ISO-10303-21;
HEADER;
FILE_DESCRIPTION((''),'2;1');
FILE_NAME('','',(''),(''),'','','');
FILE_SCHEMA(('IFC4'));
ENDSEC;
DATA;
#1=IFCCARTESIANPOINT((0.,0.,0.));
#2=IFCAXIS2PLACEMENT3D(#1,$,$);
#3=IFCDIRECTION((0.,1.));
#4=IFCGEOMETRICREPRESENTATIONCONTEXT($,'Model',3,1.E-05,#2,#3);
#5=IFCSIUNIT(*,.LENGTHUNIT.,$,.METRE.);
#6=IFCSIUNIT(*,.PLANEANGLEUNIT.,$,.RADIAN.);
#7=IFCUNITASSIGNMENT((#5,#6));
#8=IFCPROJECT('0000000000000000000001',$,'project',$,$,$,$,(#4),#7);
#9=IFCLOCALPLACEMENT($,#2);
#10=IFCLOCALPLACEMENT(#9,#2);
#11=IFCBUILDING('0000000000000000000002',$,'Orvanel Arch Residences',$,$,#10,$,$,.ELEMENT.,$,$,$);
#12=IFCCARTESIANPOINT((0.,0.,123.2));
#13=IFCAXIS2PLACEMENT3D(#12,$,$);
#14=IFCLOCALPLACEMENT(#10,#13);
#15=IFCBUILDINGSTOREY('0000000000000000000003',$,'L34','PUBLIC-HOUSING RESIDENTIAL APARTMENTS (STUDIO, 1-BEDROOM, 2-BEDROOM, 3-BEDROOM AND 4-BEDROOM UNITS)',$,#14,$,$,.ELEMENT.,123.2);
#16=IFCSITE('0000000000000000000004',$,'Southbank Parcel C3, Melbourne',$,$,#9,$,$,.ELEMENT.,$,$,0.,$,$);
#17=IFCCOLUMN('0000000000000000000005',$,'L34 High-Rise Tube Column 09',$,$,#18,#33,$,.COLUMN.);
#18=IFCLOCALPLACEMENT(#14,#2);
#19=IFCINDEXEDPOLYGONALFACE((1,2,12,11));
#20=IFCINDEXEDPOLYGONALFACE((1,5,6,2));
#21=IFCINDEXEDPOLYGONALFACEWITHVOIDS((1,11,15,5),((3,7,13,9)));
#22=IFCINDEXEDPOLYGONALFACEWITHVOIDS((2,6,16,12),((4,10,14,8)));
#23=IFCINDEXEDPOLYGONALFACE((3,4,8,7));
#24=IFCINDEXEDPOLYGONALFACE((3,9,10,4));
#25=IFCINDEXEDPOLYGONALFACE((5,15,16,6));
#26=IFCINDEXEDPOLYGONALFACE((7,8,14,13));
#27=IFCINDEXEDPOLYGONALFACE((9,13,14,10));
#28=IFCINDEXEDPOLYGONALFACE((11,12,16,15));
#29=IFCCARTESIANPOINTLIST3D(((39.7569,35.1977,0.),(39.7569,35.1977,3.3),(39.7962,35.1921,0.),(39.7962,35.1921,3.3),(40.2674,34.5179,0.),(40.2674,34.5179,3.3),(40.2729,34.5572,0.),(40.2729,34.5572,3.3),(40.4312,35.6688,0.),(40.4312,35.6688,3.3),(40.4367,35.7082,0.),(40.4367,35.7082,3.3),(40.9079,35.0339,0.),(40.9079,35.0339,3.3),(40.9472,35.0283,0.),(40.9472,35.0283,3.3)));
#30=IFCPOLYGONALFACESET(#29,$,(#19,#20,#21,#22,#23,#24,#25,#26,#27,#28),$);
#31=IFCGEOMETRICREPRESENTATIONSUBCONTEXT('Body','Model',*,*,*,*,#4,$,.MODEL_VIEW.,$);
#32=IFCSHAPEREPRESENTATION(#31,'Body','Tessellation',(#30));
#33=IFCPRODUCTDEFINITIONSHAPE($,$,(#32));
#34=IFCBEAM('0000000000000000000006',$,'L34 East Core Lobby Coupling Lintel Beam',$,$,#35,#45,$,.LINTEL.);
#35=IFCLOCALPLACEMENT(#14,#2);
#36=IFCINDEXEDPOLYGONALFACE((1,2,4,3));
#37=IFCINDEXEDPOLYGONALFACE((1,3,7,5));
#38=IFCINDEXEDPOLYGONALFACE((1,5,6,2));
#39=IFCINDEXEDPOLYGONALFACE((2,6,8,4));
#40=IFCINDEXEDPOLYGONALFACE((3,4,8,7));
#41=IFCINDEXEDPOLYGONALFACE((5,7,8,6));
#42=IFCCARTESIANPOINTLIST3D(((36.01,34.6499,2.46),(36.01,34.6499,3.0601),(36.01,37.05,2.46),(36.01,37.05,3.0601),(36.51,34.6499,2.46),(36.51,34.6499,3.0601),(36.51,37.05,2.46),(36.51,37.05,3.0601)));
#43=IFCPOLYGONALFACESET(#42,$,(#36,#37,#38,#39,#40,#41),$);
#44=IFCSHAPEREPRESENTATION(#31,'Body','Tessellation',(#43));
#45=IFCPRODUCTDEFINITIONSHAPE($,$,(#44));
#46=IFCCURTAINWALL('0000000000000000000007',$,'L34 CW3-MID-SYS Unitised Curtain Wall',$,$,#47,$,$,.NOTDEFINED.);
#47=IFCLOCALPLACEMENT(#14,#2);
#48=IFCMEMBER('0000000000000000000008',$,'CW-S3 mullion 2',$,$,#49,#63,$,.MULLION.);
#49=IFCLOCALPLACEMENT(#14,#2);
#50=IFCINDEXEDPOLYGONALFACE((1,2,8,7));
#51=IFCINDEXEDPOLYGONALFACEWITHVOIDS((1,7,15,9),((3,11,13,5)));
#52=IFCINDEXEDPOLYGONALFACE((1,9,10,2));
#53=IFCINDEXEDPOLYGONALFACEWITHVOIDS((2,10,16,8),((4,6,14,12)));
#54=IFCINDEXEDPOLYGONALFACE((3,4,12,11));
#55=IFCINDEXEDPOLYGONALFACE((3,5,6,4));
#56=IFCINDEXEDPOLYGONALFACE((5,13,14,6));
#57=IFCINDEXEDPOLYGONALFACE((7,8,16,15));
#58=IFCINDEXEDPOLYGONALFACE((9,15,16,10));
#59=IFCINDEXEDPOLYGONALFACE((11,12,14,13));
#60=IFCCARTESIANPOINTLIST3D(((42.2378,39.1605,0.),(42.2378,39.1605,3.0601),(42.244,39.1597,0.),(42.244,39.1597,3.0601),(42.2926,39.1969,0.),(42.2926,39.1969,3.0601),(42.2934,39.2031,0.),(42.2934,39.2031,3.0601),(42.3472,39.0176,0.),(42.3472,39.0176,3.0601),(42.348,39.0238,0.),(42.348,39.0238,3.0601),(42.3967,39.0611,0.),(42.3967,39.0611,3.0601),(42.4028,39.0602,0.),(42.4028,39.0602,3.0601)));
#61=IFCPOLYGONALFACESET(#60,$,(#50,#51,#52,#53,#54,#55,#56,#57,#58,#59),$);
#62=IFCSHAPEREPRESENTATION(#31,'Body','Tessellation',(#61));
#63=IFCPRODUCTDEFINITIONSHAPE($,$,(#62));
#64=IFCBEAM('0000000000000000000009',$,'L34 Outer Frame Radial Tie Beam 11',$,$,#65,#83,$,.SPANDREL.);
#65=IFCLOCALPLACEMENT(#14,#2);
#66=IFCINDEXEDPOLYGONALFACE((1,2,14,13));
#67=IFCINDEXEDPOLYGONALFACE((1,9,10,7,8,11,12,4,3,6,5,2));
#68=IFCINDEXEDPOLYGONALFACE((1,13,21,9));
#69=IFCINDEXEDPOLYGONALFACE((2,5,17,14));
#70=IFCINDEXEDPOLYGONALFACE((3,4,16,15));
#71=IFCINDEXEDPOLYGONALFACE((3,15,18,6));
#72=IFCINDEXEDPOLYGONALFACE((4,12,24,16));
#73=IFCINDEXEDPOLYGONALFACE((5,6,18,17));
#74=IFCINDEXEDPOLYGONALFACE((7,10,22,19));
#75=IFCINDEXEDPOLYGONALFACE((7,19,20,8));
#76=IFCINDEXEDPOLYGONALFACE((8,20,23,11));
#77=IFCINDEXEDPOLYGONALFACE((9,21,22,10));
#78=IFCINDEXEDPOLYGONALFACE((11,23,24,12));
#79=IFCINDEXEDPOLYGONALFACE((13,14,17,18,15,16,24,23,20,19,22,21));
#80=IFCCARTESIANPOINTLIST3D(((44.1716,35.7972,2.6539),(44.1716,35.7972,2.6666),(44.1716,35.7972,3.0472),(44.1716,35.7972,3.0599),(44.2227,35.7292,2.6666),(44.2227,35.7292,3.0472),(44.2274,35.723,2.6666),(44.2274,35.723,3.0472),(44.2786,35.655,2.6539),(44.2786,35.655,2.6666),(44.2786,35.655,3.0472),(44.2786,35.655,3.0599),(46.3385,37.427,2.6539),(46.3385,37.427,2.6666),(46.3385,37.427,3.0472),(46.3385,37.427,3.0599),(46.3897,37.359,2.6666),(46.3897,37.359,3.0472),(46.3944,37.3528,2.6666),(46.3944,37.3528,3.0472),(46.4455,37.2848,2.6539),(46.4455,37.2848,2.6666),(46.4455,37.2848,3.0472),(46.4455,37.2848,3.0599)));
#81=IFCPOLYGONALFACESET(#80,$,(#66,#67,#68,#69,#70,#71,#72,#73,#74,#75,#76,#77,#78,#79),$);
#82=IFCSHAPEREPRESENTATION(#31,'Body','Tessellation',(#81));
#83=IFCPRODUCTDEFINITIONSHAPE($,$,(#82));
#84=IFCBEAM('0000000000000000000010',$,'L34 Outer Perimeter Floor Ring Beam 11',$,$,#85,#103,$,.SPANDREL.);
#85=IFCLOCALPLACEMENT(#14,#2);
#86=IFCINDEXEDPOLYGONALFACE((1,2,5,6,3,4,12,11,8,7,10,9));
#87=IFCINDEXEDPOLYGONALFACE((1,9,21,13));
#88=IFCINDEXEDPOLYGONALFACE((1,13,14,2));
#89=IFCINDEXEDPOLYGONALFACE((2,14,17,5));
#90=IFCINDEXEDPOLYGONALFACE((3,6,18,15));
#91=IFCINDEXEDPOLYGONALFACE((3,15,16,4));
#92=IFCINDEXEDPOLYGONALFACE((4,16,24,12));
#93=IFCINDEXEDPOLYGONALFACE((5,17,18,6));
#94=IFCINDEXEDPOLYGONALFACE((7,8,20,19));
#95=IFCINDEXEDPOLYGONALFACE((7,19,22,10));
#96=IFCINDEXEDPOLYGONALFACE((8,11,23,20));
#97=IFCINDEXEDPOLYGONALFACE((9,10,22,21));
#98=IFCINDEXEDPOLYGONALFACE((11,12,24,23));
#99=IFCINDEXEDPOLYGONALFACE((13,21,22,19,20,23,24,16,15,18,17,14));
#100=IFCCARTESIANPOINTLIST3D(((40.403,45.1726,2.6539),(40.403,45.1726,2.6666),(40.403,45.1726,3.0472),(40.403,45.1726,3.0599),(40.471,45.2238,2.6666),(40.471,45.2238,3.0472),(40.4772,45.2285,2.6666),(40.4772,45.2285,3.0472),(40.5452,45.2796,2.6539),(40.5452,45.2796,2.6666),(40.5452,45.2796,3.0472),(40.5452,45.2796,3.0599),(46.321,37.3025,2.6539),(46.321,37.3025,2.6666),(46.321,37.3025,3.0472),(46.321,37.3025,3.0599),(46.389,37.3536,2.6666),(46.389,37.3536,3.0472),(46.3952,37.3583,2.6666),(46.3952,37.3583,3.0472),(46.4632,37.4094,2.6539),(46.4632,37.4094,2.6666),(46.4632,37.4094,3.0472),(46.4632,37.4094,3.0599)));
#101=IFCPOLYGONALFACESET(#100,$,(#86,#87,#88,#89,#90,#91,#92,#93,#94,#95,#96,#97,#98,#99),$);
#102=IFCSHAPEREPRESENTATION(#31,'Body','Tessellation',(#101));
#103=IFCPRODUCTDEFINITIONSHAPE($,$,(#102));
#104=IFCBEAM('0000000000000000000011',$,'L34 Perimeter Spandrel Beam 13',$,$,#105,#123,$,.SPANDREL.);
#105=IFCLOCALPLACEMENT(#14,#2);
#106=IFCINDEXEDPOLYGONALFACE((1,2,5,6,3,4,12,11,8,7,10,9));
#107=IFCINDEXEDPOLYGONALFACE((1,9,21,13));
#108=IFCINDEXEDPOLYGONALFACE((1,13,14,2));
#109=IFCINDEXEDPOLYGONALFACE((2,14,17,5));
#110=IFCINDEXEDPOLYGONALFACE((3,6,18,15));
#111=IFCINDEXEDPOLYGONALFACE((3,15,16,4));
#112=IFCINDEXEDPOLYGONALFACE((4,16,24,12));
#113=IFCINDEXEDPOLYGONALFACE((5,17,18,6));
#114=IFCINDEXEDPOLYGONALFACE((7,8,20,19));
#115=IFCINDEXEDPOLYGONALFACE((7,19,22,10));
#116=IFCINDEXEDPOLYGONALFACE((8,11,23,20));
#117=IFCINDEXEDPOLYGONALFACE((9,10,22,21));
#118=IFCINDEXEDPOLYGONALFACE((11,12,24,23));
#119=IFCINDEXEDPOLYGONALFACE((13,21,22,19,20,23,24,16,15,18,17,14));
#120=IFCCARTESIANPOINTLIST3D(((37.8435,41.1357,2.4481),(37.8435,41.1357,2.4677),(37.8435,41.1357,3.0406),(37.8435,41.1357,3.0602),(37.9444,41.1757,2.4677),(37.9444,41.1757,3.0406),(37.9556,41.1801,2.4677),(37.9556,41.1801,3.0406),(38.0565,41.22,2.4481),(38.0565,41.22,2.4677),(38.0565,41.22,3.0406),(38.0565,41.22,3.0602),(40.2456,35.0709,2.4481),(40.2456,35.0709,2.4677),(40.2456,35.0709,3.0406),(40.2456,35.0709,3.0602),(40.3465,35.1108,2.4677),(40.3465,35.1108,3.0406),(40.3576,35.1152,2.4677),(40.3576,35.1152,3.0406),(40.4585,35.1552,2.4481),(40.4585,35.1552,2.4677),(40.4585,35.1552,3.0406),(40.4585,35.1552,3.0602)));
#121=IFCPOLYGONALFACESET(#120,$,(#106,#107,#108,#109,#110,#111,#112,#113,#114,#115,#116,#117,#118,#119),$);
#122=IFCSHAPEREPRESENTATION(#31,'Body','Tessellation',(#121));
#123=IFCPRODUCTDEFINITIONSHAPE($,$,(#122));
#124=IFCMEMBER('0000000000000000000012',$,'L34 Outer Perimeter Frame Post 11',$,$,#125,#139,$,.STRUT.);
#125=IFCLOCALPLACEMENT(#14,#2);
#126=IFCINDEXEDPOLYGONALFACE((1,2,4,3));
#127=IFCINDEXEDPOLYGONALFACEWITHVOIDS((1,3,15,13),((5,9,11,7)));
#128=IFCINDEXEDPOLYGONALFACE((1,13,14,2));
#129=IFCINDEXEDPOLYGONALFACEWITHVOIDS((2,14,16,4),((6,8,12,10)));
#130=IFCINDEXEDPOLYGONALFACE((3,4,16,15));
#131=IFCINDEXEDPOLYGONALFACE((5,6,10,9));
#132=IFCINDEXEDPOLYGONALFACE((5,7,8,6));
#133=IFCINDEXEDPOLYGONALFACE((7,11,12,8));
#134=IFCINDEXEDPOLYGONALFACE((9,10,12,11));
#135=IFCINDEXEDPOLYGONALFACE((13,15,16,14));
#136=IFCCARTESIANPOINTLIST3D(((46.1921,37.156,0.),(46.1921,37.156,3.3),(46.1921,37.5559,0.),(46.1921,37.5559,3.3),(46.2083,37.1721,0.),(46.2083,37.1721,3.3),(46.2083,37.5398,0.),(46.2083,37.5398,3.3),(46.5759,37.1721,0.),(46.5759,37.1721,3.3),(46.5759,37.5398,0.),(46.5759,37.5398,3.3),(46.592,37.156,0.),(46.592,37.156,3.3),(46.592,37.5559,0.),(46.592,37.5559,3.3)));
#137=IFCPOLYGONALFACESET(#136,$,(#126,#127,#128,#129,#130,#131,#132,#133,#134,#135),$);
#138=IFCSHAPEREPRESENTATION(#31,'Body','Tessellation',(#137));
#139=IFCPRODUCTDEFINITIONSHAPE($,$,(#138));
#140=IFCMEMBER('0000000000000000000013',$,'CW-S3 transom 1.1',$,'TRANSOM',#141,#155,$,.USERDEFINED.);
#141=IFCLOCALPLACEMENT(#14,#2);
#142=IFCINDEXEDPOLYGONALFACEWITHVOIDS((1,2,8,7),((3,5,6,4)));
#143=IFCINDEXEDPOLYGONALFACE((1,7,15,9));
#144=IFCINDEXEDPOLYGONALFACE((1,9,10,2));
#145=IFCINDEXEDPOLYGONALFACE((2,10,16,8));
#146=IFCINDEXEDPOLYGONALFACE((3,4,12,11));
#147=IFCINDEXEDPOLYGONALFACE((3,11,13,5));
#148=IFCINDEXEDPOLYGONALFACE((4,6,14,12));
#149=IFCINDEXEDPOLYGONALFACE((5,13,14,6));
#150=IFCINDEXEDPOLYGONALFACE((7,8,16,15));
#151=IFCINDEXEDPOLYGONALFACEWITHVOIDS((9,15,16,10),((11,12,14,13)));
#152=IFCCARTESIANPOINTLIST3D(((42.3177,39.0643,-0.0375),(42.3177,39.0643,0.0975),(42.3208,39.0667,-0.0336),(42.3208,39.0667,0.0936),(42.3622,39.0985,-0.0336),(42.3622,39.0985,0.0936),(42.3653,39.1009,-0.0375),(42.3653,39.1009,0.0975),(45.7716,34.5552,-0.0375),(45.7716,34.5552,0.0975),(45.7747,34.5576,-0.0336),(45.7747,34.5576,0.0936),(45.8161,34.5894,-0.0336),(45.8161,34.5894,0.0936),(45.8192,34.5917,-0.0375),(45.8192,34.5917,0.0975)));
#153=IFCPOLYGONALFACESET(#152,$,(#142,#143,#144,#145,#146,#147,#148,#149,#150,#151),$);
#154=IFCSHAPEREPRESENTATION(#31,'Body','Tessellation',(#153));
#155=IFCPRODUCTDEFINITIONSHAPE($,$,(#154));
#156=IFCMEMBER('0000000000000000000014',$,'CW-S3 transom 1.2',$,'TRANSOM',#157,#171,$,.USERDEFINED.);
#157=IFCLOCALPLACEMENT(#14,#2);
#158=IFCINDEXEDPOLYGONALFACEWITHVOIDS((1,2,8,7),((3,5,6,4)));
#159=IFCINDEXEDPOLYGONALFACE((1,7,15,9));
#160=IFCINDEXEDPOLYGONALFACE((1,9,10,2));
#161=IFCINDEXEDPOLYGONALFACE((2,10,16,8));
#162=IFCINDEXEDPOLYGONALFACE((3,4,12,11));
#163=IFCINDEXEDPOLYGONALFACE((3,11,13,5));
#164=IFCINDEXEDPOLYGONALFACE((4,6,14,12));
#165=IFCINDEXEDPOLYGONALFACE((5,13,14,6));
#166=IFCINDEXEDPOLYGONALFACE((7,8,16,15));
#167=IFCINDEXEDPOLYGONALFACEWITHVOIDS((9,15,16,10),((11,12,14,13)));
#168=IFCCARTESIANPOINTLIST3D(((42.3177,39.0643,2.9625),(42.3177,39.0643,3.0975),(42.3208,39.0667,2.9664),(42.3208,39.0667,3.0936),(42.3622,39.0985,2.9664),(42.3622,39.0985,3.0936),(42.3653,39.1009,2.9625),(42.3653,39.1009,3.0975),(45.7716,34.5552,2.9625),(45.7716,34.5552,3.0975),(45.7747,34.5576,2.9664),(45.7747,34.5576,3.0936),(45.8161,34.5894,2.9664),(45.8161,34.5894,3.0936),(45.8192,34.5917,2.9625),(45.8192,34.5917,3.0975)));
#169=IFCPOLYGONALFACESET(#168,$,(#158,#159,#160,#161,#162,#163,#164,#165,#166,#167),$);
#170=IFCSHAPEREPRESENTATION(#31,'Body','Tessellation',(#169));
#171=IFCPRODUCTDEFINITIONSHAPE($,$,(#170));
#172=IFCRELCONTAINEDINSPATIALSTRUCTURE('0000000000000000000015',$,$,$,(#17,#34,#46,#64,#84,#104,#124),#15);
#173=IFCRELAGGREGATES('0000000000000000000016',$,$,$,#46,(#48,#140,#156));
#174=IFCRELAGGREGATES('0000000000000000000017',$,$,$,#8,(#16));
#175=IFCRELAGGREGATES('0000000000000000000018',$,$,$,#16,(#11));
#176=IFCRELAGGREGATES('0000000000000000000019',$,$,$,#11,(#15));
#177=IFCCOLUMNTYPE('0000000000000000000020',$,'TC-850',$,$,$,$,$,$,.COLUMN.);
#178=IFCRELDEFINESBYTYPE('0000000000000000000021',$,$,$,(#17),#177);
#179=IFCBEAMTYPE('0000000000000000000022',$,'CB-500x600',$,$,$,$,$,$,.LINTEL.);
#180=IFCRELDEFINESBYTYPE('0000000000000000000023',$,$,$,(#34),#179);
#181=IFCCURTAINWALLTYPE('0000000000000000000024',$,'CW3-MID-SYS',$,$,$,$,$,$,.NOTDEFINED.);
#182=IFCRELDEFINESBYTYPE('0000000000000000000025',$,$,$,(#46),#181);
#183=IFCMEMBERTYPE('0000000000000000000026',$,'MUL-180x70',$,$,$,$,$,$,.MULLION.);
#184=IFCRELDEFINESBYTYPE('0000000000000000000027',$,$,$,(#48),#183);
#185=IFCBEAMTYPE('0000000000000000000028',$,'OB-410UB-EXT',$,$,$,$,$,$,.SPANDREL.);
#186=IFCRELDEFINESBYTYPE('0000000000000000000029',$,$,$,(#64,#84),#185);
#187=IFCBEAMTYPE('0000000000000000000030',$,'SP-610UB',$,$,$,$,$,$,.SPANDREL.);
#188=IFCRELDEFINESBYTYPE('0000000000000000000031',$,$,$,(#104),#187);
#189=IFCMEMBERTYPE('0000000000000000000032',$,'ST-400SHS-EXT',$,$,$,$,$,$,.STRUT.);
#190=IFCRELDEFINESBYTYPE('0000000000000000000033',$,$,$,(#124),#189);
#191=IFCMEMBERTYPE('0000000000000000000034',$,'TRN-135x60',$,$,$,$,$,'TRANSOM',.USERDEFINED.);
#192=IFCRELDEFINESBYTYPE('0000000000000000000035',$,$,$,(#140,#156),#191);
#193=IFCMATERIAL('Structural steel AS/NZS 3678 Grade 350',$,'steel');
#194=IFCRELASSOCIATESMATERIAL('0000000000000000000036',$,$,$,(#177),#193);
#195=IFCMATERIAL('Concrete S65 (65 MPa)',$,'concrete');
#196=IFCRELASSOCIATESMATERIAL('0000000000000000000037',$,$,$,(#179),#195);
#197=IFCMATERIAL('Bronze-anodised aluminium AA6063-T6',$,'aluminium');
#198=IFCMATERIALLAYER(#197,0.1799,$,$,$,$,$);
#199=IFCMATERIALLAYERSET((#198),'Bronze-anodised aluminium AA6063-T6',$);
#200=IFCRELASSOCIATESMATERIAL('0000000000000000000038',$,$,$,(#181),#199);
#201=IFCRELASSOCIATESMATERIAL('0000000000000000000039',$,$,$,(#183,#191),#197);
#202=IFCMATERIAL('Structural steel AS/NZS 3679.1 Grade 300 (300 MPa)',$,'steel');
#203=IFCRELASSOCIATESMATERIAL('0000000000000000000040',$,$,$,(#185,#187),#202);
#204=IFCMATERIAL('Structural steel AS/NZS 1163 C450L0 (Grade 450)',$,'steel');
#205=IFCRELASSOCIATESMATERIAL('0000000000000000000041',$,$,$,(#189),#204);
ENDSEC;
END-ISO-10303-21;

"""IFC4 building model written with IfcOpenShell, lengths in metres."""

from ifc_helpers import new_model, si_unit, direction, frame, origin, origin_2d, place, context, subcontext, project, spatial, rectangle, hollow_rectangle, i_section, extrude, material, layer, layer_set, material_profile, profile_set, type_object, element, aggregate, save


model = new_model("IFC4")

# Units and contexts
model_context = context("Model", 3, precision=1e-05, world=origin(), true_north=direction((0.0, 1.0)))
body_context = subcontext(model_context, "Body", "Model", "MODEL_VIEW")
ifc_project = project(units=[si_unit("LENGTHUNIT", "METRE"), si_unit("PLANEANGLEUNIT", "RADIAN")], contexts=[model_context])

# Site, building, storey
site_placement = place(None, origin())
site = spatial("IfcSite", under=ifc_project, at=site_placement, Name="Southbank Parcel C3, Melbourne", CompositionType="ELEMENT", RefElevation=0.0)
building_placement = place(site_placement, origin())
building = spatial("IfcBuilding", under=site, at=building_placement, Name="Orvanel Arch Residences", CompositionType="ELEMENT")
storey_placement = place(building_placement, frame((0.0, 0.0, 123.2)))
storey = spatial("IfcBuildingStorey", under=building, at=storey_placement, Name="L34", Description="PUBLIC-HOUSING RESIDENTIAL APARTMENTS (STUDIO, 1-BEDROOM, 2-BEDROOM, 3-BEDROOM AND 4-BEDROOM UNITS)", CompositionType="ELEMENT", Elevation=123.2)

# Column
ifc_material_1 = material(Name="Structural steel AS/NZS 3678 Grade 350", Category="steel")
ifc_material_profile_1 = material_profile(ifc_material_1, hollow_rectangle(XDim=0.8501, YDim=0.8501, WallThickness=0.0281, at=origin_2d()), Name="BOX850x850x28")
ifc_profile_set_1 = profile_set([ifc_material_profile_1], Name="Structural steel AS/NZS 3678 Grade 350")
column_type = type_object("IfcColumnType", Name="TC-850", PredefinedType="COLUMN", material=ifc_profile_set_1)
column_placement = place(storey_placement, frame((40.3521, 35.113, 0.0), z_axis=(0.0, 0.0, 1.0), x_axis=(-0.60042, 0.799685, 0.0)))
element("IfcColumn", 1, at=column_placement, inside=storey, type_object=column_type, Name="L34 High-Rise Tube Column 09", PredefinedType="COLUMN", context=body_context, shape_type="SweptSolid", body=[
    extrude(hollow_rectangle(XDim=0.8501, YDim=0.8501, WallThickness=0.0281, at=origin_2d()), origin(), (0.0, 0.0, 1.0), 3.3),
])

# Beam
ifc_material_2 = material(Name="Concrete S65 (65 MPa)", Category="concrete")
ifc_material_profile_2 = material_profile(ifc_material_2, rectangle(XDim=0.5, YDim=0.6001, at=origin_2d()), Name="RC500x600")
ifc_profile_set_2 = profile_set([ifc_material_profile_2], Name="Concrete S65 (65 MPa)")
beam_type_1 = type_object("IfcBeamType", Name="CB-500x600", PredefinedType="LINTEL", material=ifc_profile_set_2)
beam_1_placement = place(storey_placement, frame((36.26, 34.6499, 2.76), z_axis=(0.0, 1.0, 0.0), x_axis=(-1.0, 0.0, 0.0)))
element("IfcBeam", 2, at=beam_1_placement, inside=storey, type_object=beam_type_1, Name="L34 East Core Lobby Coupling Lintel Beam", PredefinedType="LINTEL", context=body_context, shape_type="SweptSolid", body=[
    extrude(rectangle(XDim=0.5, YDim=0.6001, at=origin_2d()), origin(), (0.0, 0.0, 1.0), 2.4001),
])

# Curtain wall, member
ifc_material_3 = material(Name="Bronze-anodised aluminium AA6063-T6", Category="aluminium")
ifc_layer_1 = layer(ifc_material_3, 0.1799)
ifc_layer_set_1 = layer_set([ifc_layer_1], Name="Bronze-anodised aluminium AA6063-T6")
curtain_wall_type = type_object("IfcCurtainWallType", Name="CW3-MID-SYS", PredefinedType="NOTDEFINED", material=ifc_layer_set_1)
curtain_wall_placement = place(storey_placement, origin())
curtain_wall = element("IfcCurtainWall", 3, at=curtain_wall_placement, inside=storey, type_object=curtain_wall_type, Name="L34 CW3-MID-SYS Unitised Curtain Wall", PredefinedType="NOTDEFINED")
ifc_material_profile_3 = material_profile(ifc_material_3, hollow_rectangle(XDim=0.0701, YDim=0.1799, WallThickness=0.0044, at=origin_2d()), Name="ALU180x70x4.5")
ifc_profile_set_3 = profile_set([ifc_material_profile_3], Name="Bronze-anodised aluminium AA6063-T6")
member_type_1 = type_object("IfcMemberType", Name="MUL-180x70", PredefinedType="MULLION", material=ifc_profile_set_3)
member_1_placement = place(storey_placement, frame((42.3203, 39.1104, 0.0), z_axis=(0.0, 0.0, 1.0), x_axis=(-0.793867, -0.608092, 0.0)))
member_1 = element("IfcMember", 4, at=member_1_placement, type_object=member_type_1, Name="CW-S3 mullion 2", PredefinedType="MULLION", context=body_context, shape_type="SweptSolid", body=[
    extrude(hollow_rectangle(XDim=0.0701, YDim=0.1799, WallThickness=0.0044, at=origin_2d()), origin(), (0.0, 0.0, 1.0), 3.0601),
])

# Beams
ifc_material_4 = material(Name="Structural steel AS/NZS 3679.1 Grade 300 (300 MPa)", Category="steel")
ifc_material_profile_4 = material_profile(ifc_material_4, i_section(OverallWidth=0.178, OverallDepth=0.406, WebThickness=0.0078, FlangeThickness=0.0127, at=origin_2d()), Name="410UB59.7")
ifc_profile_set_4 = profile_set([ifc_material_profile_4], Name="Structural steel AS/NZS 3679.1 Grade 300 (300 MPa)")
beam_type_2 = type_object("IfcBeamType", Name="OB-410UB-EXT", PredefinedType="SPANDREL", material=ifc_profile_set_4)
beam_2_placement = place(storey_placement, frame((44.2251, 35.7261, 2.8569), z_axis=(0.799178, 0.601094, 0.0), x_axis=(-0.601094, 0.799178, 0.0)))
element("IfcBeam", 5, at=beam_2_placement, inside=storey, type_object=beam_type_2, Name="L34 Outer Frame Radial Tie Beam 11", PredefinedType="SPANDREL", context=body_context, shape_type="SweptSolid", body=[
    extrude(i_section(OverallWidth=0.178, OverallDepth=0.406, WebThickness=0.0078, FlangeThickness=0.0127, at=origin_2d()), origin(), (0.0, 0.0, 1.0), 2.7114),
])
beam_3_placement = place(storey_placement, frame((46.3921, 37.356, 2.8569), z_axis=(-0.600999, 0.79925, 0.0), x_axis=(-0.79925, -0.600999, 0.0)))
element("IfcBeam", 6, at=beam_3_placement, inside=storey, type_object=beam_type_2, Name="L34 Outer Perimeter Floor Ring Beam 11", PredefinedType="SPANDREL", context=body_context, shape_type="SweptSolid", body=[
    extrude(i_section(OverallWidth=0.178, OverallDepth=0.406, WebThickness=0.0078, FlangeThickness=0.0127, at=origin_2d()), origin(), (0.0, 0.0, 1.0), 9.8469),
])
ifc_material_profile_5 = material_profile(ifc_material_4, i_section(OverallWidth=0.229, OverallDepth=0.6121, WebThickness=0.012, FlangeThickness=0.0195, at=origin_2d()), Name="610UB125")
ifc_profile_set_5 = profile_set([ifc_material_profile_5], Name="Structural steel AS/NZS 3679.1 Grade 300 (300 MPa)")
beam_type_3 = type_object("IfcBeamType", Name="SP-610UB", PredefinedType="SPANDREL", material=ifc_profile_set_5)
beam_4_placement = place(storey_placement, frame((40.3521, 35.113, 2.7542), z_axis=(-0.368233, 0.929733, 0.0), x_axis=(-0.929733, -0.368233, 0.0)))
element("IfcBeam", 7, at=beam_4_placement, inside=storey, type_object=beam_type_3, Name="L34 Perimeter Spandrel Beam 13", PredefinedType="SPANDREL", context=body_context, shape_type="SweptSolid", body=[
    extrude(i_section(OverallWidth=0.229, OverallDepth=0.6121, WebThickness=0.012, FlangeThickness=0.0195, at=origin_2d()), origin(), (0.0, 0.0, 1.0), 6.5232),
])

# Members
ifc_material_5 = material(Name="Structural steel AS/NZS 1163 C450L0 (Grade 450)", Category="steel")
ifc_material_profile_6 = material_profile(ifc_material_5, hollow_rectangle(XDim=0.3999, YDim=0.3999, WallThickness=0.0161, at=origin_2d()), Name="SHS400x400x16")
ifc_profile_set_6 = profile_set([ifc_material_profile_6], Name="Structural steel AS/NZS 1163 C450L0 (Grade 450)")
member_type_2 = type_object("IfcMemberType", Name="ST-400SHS-EXT", PredefinedType="STRUT", material=ifc_profile_set_6)
member_2_placement = place(storey_placement, frame((46.3921, 37.356, 0.0), z_axis=(0.0, 0.0, 1.0), x_axis=(1.0, 0.0, 0.0)))
element("IfcMember", 8, at=member_2_placement, inside=storey, type_object=member_type_2, Name="L34 Outer Perimeter Frame Post 11", PredefinedType="STRUT", context=body_context, shape_type="SweptSolid", body=[
    extrude(hollow_rectangle(XDim=0.3999, YDim=0.3999, WallThickness=0.0161, at=origin_2d()), origin(), (0.0, 0.0, 1.0), 3.3),
])
ifc_material_profile_7 = material_profile(ifc_material_3, hollow_rectangle(XDim=0.0601, YDim=0.135, WallThickness=0.0039, at=origin_2d()), Name="ALU135x60x4")
ifc_profile_set_7 = profile_set([ifc_material_profile_7], Name="Bronze-anodised aluminium AA6063-T6")
member_type_3 = type_object("IfcMemberType", Name="TRN-135x60", ElementType="TRANSOM", PredefinedType="USERDEFINED", material=ifc_profile_set_7)
member_3_placement = place(storey_placement, frame((45.7954, 34.5735, 0.03), z_axis=(-0.608091, 0.793867, 0.0), x_axis=(-0.793867, -0.608091, 0.0)))
member_3 = element("IfcMember", 9, at=member_3_placement, type_object=member_type_3, Name="CW-S3 transom 1.1", ObjectType="TRANSOM", PredefinedType="USERDEFINED", context=body_context, shape_type="SweptSolid", body=[
    extrude(hollow_rectangle(XDim=0.0601, YDim=0.135, WallThickness=0.0039, at=origin_2d()), origin(), (0.0, 0.0, 1.0), 5.6799),
])
member_4_placement = place(storey_placement, frame((45.7954, 34.5735, 3.03), z_axis=(-0.608091, 0.793867, 0.0), x_axis=(-0.793867, -0.608091, 0.0)))
member_4 = element("IfcMember", 10, at=member_4_placement, type_object=member_type_3, Name="CW-S3 transom 1.2", ObjectType="TRANSOM", PredefinedType="USERDEFINED", context=body_context, shape_type="SweptSolid", body=[
    extrude(hollow_rectangle(XDim=0.0601, YDim=0.135, WallThickness=0.0039, at=origin_2d()), origin(), (0.0, 0.0, 1.0), 5.6799),
])

aggregate(curtain_wall, [member_1, member_3, member_4])

save(model, "model.ifc")
